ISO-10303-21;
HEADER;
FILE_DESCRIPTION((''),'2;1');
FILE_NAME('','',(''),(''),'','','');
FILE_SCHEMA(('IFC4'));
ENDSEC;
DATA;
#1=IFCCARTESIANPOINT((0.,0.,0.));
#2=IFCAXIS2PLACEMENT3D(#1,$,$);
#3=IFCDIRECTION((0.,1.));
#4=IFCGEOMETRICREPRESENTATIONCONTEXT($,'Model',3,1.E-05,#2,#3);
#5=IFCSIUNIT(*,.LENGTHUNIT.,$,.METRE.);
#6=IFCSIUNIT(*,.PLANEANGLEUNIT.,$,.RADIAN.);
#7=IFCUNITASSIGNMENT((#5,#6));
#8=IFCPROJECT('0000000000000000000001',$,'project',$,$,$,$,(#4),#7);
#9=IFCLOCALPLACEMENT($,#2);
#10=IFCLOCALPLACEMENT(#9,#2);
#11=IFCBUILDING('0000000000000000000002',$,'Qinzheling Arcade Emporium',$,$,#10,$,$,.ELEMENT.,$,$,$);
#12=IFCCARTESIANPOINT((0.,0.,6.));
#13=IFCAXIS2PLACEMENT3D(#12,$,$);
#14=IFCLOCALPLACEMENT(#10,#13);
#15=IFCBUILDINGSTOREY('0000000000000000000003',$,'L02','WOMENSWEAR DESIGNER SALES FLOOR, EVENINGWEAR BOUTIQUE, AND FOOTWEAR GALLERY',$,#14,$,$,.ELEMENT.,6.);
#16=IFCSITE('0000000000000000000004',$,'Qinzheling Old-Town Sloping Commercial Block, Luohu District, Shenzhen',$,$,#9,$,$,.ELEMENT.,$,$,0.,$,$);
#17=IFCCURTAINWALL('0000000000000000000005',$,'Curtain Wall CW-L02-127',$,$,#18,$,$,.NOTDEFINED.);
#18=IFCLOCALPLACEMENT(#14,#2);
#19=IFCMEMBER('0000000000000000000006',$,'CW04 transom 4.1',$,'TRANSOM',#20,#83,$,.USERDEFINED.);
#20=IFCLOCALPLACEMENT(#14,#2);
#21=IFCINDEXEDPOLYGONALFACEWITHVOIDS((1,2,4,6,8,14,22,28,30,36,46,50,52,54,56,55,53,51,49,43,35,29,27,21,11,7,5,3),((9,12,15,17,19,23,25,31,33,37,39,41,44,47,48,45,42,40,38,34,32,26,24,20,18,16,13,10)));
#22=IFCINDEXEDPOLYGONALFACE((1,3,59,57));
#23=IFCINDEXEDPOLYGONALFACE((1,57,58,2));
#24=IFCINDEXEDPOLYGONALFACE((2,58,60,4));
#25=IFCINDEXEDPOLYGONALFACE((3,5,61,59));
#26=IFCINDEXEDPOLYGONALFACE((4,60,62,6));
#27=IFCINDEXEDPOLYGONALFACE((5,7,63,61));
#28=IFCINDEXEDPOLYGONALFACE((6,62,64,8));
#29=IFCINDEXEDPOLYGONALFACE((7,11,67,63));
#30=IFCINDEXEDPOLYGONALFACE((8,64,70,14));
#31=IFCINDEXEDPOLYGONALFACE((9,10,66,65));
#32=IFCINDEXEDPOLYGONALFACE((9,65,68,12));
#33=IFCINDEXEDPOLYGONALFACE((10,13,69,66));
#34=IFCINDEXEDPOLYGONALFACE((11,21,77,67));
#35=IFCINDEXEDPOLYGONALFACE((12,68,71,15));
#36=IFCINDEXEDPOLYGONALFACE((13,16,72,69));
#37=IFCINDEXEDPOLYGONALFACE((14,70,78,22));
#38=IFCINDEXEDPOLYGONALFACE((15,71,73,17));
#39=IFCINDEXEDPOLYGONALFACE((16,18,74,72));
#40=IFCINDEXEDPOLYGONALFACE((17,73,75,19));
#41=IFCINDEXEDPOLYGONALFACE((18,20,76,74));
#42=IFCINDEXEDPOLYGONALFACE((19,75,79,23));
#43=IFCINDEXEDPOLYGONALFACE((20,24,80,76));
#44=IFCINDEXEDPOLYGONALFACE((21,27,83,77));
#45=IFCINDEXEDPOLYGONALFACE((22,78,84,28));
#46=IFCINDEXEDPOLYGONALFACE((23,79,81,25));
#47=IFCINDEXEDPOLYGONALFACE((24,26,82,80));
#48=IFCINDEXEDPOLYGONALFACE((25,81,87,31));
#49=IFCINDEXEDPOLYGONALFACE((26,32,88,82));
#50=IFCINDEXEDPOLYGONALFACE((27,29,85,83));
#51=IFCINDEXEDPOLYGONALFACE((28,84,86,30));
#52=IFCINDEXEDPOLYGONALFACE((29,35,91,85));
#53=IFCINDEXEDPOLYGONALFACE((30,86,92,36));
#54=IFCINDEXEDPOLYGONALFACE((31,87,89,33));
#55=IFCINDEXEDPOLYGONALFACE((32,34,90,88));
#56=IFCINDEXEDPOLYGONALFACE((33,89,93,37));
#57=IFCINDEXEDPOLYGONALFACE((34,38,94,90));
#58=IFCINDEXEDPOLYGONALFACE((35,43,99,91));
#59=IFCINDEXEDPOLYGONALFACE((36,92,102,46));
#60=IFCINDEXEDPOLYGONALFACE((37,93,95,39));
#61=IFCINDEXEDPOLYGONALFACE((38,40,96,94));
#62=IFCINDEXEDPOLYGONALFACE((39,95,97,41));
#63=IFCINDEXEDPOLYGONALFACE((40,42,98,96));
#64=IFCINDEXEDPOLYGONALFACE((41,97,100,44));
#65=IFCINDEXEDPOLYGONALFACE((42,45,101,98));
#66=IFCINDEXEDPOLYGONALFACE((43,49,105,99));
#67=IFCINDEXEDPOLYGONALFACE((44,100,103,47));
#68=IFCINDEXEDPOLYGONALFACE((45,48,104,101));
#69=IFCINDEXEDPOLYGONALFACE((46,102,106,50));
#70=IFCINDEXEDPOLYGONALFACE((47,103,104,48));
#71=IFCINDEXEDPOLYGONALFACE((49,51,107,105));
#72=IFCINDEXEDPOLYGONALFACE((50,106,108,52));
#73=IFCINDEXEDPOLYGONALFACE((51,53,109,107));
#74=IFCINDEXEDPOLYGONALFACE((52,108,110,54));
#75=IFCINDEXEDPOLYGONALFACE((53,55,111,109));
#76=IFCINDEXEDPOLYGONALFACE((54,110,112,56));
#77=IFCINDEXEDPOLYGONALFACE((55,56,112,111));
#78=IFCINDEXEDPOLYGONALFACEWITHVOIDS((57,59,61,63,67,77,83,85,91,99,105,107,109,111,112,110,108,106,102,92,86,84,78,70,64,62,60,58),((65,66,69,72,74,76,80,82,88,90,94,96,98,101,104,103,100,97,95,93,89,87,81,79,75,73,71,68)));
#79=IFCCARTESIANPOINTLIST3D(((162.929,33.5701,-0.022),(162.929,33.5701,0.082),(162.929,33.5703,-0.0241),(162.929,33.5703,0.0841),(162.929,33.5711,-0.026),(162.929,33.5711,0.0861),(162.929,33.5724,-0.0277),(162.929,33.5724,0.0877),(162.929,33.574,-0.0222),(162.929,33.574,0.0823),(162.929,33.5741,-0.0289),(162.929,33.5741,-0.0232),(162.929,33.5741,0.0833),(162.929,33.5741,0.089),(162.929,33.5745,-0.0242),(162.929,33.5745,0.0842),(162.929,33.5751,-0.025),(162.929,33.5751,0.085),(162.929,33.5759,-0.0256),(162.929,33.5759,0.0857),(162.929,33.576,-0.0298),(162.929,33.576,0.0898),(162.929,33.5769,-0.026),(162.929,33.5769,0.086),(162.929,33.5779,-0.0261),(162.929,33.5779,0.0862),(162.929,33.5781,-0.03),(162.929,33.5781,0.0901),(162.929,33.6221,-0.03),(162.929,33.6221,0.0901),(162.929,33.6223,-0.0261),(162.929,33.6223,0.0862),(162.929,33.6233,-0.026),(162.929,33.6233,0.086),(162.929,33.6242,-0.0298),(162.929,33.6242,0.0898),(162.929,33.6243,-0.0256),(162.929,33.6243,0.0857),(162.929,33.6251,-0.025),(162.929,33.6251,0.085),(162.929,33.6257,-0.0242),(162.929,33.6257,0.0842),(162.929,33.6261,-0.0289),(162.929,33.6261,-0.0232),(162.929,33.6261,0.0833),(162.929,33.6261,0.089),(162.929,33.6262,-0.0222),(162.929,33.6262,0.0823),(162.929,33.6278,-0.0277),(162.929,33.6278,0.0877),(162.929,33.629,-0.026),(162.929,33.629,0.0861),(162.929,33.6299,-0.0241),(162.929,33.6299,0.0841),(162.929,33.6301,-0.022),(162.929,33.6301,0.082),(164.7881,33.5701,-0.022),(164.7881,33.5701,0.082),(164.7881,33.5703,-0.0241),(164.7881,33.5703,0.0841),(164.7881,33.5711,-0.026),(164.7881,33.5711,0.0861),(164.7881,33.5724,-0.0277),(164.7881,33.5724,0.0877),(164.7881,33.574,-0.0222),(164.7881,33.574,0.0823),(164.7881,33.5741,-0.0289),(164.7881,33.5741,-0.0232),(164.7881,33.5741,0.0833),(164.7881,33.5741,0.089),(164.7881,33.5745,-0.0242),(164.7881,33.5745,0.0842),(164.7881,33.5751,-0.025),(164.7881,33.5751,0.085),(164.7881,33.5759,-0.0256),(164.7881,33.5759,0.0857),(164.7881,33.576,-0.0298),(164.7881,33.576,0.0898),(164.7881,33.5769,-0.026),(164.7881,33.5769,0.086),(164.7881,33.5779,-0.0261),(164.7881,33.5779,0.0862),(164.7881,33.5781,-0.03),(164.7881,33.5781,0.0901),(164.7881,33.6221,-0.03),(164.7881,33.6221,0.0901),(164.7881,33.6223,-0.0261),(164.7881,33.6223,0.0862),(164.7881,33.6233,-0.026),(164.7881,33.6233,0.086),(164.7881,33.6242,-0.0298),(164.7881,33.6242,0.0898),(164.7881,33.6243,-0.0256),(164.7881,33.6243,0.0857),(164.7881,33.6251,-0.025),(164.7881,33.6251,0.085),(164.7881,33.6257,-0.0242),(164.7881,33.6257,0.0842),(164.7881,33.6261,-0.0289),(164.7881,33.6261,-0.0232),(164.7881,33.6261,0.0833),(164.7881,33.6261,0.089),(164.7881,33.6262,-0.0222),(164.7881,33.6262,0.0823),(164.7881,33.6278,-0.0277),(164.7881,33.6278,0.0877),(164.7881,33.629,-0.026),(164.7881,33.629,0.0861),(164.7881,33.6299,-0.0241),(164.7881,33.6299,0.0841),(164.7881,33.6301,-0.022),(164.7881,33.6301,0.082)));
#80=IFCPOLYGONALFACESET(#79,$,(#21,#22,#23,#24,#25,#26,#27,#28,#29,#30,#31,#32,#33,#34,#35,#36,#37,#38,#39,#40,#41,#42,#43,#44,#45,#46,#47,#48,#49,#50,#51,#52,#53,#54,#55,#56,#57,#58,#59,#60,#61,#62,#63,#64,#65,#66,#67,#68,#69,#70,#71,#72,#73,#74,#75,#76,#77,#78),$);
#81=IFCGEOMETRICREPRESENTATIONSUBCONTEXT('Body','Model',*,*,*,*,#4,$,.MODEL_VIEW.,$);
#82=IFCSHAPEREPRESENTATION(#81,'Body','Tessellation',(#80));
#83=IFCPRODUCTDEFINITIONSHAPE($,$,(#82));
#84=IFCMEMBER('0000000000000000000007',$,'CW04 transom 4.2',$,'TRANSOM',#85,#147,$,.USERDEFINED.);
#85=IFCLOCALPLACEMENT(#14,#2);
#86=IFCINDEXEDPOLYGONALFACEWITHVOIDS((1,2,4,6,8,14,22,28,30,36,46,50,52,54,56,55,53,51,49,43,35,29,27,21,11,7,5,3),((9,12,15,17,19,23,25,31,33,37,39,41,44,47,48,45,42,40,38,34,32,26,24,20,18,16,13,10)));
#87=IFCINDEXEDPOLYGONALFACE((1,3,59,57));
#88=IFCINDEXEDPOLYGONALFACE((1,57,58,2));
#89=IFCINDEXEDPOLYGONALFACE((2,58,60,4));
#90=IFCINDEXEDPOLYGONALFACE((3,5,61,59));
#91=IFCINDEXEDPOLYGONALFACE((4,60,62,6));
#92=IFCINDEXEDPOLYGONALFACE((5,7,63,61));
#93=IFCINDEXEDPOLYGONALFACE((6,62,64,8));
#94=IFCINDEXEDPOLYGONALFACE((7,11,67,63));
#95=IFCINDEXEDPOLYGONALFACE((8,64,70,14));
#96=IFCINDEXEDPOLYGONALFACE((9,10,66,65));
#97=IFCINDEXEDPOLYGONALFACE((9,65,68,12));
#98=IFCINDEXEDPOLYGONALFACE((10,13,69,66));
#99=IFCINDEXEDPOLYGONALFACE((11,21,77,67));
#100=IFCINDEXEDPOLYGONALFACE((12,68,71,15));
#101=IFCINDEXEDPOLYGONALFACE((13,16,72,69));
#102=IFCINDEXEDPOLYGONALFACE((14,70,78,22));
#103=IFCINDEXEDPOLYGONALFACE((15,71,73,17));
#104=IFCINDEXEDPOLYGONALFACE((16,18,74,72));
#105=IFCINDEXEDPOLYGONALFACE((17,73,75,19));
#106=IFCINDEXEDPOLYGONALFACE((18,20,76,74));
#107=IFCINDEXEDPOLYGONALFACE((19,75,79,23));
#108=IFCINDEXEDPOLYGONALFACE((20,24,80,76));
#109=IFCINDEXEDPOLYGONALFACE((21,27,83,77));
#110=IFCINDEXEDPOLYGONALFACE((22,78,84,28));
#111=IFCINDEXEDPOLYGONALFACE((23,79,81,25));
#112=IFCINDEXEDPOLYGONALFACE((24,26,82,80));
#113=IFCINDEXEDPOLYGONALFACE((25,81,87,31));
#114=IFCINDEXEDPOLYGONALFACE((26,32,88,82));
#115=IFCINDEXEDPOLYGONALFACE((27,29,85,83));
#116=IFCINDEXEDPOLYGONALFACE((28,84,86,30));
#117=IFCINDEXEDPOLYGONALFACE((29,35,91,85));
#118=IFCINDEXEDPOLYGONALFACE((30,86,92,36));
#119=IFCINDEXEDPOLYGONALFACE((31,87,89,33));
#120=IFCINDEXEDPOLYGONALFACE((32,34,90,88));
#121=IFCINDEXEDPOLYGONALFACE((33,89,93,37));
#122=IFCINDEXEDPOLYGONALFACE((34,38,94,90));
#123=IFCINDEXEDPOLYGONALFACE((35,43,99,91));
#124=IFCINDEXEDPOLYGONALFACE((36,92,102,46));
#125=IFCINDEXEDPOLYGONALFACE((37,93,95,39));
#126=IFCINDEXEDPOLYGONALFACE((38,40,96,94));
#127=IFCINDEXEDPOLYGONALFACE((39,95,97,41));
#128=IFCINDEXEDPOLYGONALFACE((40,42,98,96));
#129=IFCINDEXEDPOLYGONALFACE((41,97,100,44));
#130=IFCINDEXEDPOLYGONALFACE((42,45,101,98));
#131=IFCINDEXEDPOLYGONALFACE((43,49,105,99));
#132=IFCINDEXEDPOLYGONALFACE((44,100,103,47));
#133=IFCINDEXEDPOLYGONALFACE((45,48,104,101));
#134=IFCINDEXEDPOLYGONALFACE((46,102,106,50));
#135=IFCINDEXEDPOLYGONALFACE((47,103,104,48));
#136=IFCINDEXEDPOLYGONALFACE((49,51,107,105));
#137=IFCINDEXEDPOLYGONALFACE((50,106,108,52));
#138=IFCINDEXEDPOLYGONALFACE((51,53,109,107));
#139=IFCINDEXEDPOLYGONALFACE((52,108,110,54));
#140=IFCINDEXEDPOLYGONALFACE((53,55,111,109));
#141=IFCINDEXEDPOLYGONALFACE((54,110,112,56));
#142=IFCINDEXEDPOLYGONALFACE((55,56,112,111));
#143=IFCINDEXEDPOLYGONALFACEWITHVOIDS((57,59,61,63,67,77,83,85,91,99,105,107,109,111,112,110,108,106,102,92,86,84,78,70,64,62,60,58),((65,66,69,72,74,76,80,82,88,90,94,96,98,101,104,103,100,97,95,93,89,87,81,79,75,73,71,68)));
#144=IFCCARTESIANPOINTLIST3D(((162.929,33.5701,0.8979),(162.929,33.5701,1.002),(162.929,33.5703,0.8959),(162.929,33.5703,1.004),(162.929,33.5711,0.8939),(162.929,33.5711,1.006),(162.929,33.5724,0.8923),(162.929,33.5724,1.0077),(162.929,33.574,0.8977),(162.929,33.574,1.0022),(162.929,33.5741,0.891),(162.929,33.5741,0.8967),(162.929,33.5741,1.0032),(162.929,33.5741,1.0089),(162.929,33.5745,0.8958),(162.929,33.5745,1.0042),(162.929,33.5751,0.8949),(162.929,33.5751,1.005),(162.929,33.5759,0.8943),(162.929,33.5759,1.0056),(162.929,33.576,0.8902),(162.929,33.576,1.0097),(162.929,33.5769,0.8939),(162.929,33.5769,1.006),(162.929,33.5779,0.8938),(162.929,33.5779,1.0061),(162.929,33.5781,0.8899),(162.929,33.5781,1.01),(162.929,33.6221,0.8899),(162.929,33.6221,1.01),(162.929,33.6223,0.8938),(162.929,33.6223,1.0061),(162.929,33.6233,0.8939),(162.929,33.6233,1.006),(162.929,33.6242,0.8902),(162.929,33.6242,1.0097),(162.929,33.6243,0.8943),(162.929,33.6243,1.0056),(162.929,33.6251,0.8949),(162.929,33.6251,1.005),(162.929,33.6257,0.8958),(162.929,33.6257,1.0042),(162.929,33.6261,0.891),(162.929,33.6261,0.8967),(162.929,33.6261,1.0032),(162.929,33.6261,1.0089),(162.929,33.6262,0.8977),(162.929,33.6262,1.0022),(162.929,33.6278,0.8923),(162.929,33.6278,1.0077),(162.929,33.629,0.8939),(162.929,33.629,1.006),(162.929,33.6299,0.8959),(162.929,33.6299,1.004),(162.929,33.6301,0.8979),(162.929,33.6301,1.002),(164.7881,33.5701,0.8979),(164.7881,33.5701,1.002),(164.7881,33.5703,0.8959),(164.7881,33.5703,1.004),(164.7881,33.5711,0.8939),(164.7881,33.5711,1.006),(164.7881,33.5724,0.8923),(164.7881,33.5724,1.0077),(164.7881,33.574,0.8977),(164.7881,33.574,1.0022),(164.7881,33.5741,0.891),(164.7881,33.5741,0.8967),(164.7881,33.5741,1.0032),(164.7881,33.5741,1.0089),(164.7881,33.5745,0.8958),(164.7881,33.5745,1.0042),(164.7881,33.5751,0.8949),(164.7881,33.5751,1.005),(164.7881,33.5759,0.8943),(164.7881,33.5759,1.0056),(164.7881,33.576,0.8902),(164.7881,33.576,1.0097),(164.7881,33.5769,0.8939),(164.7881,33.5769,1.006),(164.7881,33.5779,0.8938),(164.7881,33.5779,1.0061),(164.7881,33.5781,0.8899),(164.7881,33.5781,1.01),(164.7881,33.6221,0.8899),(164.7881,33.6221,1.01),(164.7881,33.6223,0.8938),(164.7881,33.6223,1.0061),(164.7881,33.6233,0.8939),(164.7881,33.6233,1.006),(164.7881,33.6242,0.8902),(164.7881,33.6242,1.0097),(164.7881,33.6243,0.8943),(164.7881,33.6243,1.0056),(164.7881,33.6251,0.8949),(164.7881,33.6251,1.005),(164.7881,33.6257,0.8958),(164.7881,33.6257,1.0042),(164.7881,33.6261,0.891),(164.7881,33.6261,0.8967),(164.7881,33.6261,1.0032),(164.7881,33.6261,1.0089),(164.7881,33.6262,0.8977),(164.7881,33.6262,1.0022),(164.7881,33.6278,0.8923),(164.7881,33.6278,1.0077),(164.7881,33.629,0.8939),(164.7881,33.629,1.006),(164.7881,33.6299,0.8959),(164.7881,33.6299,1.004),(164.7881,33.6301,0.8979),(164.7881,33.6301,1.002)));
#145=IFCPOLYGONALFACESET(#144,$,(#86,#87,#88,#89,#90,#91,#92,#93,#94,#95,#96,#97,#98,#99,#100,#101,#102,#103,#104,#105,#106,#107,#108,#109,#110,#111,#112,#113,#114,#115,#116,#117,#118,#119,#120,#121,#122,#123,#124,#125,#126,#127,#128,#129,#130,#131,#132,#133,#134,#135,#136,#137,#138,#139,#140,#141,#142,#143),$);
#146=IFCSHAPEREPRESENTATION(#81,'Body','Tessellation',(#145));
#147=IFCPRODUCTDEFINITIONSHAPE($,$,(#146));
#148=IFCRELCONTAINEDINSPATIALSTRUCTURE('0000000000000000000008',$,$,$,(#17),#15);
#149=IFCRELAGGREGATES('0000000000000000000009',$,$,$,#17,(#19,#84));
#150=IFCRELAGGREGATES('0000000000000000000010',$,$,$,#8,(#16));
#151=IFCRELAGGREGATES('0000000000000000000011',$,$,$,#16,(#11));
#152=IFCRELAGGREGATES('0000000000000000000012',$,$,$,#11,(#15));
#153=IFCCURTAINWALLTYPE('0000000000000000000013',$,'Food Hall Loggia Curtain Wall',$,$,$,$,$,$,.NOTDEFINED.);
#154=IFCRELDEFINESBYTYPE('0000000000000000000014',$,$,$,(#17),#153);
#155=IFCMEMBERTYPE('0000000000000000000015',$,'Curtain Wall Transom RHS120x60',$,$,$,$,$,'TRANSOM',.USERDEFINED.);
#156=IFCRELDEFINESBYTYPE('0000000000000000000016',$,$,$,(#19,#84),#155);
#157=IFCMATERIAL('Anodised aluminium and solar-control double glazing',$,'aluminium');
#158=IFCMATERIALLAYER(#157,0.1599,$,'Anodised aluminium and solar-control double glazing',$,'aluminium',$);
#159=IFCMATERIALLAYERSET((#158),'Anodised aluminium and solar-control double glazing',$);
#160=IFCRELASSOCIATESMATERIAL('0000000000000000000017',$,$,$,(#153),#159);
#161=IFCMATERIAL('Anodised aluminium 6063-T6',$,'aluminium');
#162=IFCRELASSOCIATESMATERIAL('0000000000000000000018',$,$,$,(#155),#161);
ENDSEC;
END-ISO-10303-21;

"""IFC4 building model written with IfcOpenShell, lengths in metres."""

from ifc_helpers import new_model, si_unit, direction, frame, origin, origin_2d, place, context, subcontext, project, spatial, hollow_rectangle, extrude, material, layer, layer_set, material_profile, profile_set, type_object, element, aggregate, save


model = new_model("IFC4")

# Units and contexts
model_context = context("Model", 3, precision=1e-05, world=origin(), true_north=direction((0.0, 1.0)))
body_context = subcontext(model_context, "Body", "Model", "MODEL_VIEW")
ifc_project = project(units=[si_unit("LENGTHUNIT", "METRE"), si_unit("PLANEANGLEUNIT", "RADIAN")], contexts=[model_context])

# Site, building, storey
site_placement = place(None, origin())
site = spatial("IfcSite", under=ifc_project, at=site_placement, Name="Qinzheling Old-Town Sloping Commercial Block, Luohu District, Shenzhen", CompositionType="ELEMENT", RefElevation=0.0)
building_placement = place(site_placement, origin())
building = spatial("IfcBuilding", under=site, at=building_placement, Name="Qinzheling Arcade Emporium", CompositionType="ELEMENT")
storey_placement = place(building_placement, frame((0.0, 0.0, 6.0)))
storey = spatial("IfcBuildingStorey", under=building, at=storey_placement, Name="L02", Description="WOMENSWEAR DESIGNER SALES FLOOR, EVENINGWEAR BOUTIQUE, AND FOOTWEAR GALLERY", CompositionType="ELEMENT", Elevation=6.0)

# Curtain wall, members
ifc_material_1 = material(Name="Anodised aluminium and solar-control double glazing", Category="aluminium")
ifc_layer_1 = layer(ifc_material_1, 0.1599, Name="Anodised aluminium and solar-control double glazing", Category="aluminium")
ifc_layer_set_1 = layer_set([ifc_layer_1], Name="Anodised aluminium and solar-control double glazing")
curtain_wall_type = type_object("IfcCurtainWallType", Name="Food Hall Loggia Curtain Wall", PredefinedType="NOTDEFINED", material=ifc_layer_set_1)
curtain_wall_placement = place(storey_placement, origin())
curtain_wall = element("IfcCurtainWall", 1, at=curtain_wall_placement, inside=storey, type_object=curtain_wall_type, Name="Curtain Wall CW-L02-127", PredefinedType="NOTDEFINED")
ifc_material_2 = material(Name="Anodised aluminium 6063-T6", Category="aluminium")
ifc_material_profile_1 = material_profile(ifc_material_2, hollow_rectangle(XDim=0.0601, YDim=0.1201, WallThickness=0.0039, InnerFilletRadius=0.0039, OuterFilletRadius=0.0081, at=origin_2d()), Name="RHS 120x60x4", Category="aluminium")
ifc_profile_set_1 = profile_set([ifc_material_profile_1], Name="Anodised aluminium 6063-T6")
member_type_1 = type_object("IfcMemberType", Name="Curtain Wall Transom RHS120x60", ElementType="TRANSOM", PredefinedType="USERDEFINED", material=ifc_profile_set_1)
member_1_placement = place(storey_placement, frame((162.929, 33.6001, 0.03), z_axis=(1.0, 0.0, 0.0), x_axis=(0.0, 1.0, 0.0)))
member_1 = element("IfcMember", 2, at=member_1_placement, type_object=member_type_1, Name="CW04 transom 4.1", ObjectType="TRANSOM", PredefinedType="USERDEFINED", context=body_context, shape_type="SweptSolid", body=[
    extrude(hollow_rectangle(XDim=0.0601, YDim=0.1201, WallThickness=0.0039, InnerFilletRadius=0.0039, OuterFilletRadius=0.0081, at=origin_2d()), origin(), (0.0, 0.0, 1.0), 1.8591),
])
member_2_placement = place(storey_placement, frame((162.929, 33.6001, 0.95), z_axis=(1.0, 0.0, 0.0), x_axis=(0.0, 1.0, 0.0)))
member_2 = element("IfcMember", 3, at=member_2_placement, type_object=member_type_1, Name="CW04 transom 4.2", ObjectType="TRANSOM", PredefinedType="USERDEFINED", context=body_context, shape_type="SweptSolid", body=[
    extrude(hollow_rectangle(XDim=0.0601, YDim=0.1201, WallThickness=0.0039, InnerFilletRadius=0.0039, OuterFilletRadius=0.0081, at=origin_2d()), origin(), (0.0, 0.0, 1.0), 1.8591),
])
aggregate(curtain_wall, [member_1, member_2])

save(model, "model.ifc")
